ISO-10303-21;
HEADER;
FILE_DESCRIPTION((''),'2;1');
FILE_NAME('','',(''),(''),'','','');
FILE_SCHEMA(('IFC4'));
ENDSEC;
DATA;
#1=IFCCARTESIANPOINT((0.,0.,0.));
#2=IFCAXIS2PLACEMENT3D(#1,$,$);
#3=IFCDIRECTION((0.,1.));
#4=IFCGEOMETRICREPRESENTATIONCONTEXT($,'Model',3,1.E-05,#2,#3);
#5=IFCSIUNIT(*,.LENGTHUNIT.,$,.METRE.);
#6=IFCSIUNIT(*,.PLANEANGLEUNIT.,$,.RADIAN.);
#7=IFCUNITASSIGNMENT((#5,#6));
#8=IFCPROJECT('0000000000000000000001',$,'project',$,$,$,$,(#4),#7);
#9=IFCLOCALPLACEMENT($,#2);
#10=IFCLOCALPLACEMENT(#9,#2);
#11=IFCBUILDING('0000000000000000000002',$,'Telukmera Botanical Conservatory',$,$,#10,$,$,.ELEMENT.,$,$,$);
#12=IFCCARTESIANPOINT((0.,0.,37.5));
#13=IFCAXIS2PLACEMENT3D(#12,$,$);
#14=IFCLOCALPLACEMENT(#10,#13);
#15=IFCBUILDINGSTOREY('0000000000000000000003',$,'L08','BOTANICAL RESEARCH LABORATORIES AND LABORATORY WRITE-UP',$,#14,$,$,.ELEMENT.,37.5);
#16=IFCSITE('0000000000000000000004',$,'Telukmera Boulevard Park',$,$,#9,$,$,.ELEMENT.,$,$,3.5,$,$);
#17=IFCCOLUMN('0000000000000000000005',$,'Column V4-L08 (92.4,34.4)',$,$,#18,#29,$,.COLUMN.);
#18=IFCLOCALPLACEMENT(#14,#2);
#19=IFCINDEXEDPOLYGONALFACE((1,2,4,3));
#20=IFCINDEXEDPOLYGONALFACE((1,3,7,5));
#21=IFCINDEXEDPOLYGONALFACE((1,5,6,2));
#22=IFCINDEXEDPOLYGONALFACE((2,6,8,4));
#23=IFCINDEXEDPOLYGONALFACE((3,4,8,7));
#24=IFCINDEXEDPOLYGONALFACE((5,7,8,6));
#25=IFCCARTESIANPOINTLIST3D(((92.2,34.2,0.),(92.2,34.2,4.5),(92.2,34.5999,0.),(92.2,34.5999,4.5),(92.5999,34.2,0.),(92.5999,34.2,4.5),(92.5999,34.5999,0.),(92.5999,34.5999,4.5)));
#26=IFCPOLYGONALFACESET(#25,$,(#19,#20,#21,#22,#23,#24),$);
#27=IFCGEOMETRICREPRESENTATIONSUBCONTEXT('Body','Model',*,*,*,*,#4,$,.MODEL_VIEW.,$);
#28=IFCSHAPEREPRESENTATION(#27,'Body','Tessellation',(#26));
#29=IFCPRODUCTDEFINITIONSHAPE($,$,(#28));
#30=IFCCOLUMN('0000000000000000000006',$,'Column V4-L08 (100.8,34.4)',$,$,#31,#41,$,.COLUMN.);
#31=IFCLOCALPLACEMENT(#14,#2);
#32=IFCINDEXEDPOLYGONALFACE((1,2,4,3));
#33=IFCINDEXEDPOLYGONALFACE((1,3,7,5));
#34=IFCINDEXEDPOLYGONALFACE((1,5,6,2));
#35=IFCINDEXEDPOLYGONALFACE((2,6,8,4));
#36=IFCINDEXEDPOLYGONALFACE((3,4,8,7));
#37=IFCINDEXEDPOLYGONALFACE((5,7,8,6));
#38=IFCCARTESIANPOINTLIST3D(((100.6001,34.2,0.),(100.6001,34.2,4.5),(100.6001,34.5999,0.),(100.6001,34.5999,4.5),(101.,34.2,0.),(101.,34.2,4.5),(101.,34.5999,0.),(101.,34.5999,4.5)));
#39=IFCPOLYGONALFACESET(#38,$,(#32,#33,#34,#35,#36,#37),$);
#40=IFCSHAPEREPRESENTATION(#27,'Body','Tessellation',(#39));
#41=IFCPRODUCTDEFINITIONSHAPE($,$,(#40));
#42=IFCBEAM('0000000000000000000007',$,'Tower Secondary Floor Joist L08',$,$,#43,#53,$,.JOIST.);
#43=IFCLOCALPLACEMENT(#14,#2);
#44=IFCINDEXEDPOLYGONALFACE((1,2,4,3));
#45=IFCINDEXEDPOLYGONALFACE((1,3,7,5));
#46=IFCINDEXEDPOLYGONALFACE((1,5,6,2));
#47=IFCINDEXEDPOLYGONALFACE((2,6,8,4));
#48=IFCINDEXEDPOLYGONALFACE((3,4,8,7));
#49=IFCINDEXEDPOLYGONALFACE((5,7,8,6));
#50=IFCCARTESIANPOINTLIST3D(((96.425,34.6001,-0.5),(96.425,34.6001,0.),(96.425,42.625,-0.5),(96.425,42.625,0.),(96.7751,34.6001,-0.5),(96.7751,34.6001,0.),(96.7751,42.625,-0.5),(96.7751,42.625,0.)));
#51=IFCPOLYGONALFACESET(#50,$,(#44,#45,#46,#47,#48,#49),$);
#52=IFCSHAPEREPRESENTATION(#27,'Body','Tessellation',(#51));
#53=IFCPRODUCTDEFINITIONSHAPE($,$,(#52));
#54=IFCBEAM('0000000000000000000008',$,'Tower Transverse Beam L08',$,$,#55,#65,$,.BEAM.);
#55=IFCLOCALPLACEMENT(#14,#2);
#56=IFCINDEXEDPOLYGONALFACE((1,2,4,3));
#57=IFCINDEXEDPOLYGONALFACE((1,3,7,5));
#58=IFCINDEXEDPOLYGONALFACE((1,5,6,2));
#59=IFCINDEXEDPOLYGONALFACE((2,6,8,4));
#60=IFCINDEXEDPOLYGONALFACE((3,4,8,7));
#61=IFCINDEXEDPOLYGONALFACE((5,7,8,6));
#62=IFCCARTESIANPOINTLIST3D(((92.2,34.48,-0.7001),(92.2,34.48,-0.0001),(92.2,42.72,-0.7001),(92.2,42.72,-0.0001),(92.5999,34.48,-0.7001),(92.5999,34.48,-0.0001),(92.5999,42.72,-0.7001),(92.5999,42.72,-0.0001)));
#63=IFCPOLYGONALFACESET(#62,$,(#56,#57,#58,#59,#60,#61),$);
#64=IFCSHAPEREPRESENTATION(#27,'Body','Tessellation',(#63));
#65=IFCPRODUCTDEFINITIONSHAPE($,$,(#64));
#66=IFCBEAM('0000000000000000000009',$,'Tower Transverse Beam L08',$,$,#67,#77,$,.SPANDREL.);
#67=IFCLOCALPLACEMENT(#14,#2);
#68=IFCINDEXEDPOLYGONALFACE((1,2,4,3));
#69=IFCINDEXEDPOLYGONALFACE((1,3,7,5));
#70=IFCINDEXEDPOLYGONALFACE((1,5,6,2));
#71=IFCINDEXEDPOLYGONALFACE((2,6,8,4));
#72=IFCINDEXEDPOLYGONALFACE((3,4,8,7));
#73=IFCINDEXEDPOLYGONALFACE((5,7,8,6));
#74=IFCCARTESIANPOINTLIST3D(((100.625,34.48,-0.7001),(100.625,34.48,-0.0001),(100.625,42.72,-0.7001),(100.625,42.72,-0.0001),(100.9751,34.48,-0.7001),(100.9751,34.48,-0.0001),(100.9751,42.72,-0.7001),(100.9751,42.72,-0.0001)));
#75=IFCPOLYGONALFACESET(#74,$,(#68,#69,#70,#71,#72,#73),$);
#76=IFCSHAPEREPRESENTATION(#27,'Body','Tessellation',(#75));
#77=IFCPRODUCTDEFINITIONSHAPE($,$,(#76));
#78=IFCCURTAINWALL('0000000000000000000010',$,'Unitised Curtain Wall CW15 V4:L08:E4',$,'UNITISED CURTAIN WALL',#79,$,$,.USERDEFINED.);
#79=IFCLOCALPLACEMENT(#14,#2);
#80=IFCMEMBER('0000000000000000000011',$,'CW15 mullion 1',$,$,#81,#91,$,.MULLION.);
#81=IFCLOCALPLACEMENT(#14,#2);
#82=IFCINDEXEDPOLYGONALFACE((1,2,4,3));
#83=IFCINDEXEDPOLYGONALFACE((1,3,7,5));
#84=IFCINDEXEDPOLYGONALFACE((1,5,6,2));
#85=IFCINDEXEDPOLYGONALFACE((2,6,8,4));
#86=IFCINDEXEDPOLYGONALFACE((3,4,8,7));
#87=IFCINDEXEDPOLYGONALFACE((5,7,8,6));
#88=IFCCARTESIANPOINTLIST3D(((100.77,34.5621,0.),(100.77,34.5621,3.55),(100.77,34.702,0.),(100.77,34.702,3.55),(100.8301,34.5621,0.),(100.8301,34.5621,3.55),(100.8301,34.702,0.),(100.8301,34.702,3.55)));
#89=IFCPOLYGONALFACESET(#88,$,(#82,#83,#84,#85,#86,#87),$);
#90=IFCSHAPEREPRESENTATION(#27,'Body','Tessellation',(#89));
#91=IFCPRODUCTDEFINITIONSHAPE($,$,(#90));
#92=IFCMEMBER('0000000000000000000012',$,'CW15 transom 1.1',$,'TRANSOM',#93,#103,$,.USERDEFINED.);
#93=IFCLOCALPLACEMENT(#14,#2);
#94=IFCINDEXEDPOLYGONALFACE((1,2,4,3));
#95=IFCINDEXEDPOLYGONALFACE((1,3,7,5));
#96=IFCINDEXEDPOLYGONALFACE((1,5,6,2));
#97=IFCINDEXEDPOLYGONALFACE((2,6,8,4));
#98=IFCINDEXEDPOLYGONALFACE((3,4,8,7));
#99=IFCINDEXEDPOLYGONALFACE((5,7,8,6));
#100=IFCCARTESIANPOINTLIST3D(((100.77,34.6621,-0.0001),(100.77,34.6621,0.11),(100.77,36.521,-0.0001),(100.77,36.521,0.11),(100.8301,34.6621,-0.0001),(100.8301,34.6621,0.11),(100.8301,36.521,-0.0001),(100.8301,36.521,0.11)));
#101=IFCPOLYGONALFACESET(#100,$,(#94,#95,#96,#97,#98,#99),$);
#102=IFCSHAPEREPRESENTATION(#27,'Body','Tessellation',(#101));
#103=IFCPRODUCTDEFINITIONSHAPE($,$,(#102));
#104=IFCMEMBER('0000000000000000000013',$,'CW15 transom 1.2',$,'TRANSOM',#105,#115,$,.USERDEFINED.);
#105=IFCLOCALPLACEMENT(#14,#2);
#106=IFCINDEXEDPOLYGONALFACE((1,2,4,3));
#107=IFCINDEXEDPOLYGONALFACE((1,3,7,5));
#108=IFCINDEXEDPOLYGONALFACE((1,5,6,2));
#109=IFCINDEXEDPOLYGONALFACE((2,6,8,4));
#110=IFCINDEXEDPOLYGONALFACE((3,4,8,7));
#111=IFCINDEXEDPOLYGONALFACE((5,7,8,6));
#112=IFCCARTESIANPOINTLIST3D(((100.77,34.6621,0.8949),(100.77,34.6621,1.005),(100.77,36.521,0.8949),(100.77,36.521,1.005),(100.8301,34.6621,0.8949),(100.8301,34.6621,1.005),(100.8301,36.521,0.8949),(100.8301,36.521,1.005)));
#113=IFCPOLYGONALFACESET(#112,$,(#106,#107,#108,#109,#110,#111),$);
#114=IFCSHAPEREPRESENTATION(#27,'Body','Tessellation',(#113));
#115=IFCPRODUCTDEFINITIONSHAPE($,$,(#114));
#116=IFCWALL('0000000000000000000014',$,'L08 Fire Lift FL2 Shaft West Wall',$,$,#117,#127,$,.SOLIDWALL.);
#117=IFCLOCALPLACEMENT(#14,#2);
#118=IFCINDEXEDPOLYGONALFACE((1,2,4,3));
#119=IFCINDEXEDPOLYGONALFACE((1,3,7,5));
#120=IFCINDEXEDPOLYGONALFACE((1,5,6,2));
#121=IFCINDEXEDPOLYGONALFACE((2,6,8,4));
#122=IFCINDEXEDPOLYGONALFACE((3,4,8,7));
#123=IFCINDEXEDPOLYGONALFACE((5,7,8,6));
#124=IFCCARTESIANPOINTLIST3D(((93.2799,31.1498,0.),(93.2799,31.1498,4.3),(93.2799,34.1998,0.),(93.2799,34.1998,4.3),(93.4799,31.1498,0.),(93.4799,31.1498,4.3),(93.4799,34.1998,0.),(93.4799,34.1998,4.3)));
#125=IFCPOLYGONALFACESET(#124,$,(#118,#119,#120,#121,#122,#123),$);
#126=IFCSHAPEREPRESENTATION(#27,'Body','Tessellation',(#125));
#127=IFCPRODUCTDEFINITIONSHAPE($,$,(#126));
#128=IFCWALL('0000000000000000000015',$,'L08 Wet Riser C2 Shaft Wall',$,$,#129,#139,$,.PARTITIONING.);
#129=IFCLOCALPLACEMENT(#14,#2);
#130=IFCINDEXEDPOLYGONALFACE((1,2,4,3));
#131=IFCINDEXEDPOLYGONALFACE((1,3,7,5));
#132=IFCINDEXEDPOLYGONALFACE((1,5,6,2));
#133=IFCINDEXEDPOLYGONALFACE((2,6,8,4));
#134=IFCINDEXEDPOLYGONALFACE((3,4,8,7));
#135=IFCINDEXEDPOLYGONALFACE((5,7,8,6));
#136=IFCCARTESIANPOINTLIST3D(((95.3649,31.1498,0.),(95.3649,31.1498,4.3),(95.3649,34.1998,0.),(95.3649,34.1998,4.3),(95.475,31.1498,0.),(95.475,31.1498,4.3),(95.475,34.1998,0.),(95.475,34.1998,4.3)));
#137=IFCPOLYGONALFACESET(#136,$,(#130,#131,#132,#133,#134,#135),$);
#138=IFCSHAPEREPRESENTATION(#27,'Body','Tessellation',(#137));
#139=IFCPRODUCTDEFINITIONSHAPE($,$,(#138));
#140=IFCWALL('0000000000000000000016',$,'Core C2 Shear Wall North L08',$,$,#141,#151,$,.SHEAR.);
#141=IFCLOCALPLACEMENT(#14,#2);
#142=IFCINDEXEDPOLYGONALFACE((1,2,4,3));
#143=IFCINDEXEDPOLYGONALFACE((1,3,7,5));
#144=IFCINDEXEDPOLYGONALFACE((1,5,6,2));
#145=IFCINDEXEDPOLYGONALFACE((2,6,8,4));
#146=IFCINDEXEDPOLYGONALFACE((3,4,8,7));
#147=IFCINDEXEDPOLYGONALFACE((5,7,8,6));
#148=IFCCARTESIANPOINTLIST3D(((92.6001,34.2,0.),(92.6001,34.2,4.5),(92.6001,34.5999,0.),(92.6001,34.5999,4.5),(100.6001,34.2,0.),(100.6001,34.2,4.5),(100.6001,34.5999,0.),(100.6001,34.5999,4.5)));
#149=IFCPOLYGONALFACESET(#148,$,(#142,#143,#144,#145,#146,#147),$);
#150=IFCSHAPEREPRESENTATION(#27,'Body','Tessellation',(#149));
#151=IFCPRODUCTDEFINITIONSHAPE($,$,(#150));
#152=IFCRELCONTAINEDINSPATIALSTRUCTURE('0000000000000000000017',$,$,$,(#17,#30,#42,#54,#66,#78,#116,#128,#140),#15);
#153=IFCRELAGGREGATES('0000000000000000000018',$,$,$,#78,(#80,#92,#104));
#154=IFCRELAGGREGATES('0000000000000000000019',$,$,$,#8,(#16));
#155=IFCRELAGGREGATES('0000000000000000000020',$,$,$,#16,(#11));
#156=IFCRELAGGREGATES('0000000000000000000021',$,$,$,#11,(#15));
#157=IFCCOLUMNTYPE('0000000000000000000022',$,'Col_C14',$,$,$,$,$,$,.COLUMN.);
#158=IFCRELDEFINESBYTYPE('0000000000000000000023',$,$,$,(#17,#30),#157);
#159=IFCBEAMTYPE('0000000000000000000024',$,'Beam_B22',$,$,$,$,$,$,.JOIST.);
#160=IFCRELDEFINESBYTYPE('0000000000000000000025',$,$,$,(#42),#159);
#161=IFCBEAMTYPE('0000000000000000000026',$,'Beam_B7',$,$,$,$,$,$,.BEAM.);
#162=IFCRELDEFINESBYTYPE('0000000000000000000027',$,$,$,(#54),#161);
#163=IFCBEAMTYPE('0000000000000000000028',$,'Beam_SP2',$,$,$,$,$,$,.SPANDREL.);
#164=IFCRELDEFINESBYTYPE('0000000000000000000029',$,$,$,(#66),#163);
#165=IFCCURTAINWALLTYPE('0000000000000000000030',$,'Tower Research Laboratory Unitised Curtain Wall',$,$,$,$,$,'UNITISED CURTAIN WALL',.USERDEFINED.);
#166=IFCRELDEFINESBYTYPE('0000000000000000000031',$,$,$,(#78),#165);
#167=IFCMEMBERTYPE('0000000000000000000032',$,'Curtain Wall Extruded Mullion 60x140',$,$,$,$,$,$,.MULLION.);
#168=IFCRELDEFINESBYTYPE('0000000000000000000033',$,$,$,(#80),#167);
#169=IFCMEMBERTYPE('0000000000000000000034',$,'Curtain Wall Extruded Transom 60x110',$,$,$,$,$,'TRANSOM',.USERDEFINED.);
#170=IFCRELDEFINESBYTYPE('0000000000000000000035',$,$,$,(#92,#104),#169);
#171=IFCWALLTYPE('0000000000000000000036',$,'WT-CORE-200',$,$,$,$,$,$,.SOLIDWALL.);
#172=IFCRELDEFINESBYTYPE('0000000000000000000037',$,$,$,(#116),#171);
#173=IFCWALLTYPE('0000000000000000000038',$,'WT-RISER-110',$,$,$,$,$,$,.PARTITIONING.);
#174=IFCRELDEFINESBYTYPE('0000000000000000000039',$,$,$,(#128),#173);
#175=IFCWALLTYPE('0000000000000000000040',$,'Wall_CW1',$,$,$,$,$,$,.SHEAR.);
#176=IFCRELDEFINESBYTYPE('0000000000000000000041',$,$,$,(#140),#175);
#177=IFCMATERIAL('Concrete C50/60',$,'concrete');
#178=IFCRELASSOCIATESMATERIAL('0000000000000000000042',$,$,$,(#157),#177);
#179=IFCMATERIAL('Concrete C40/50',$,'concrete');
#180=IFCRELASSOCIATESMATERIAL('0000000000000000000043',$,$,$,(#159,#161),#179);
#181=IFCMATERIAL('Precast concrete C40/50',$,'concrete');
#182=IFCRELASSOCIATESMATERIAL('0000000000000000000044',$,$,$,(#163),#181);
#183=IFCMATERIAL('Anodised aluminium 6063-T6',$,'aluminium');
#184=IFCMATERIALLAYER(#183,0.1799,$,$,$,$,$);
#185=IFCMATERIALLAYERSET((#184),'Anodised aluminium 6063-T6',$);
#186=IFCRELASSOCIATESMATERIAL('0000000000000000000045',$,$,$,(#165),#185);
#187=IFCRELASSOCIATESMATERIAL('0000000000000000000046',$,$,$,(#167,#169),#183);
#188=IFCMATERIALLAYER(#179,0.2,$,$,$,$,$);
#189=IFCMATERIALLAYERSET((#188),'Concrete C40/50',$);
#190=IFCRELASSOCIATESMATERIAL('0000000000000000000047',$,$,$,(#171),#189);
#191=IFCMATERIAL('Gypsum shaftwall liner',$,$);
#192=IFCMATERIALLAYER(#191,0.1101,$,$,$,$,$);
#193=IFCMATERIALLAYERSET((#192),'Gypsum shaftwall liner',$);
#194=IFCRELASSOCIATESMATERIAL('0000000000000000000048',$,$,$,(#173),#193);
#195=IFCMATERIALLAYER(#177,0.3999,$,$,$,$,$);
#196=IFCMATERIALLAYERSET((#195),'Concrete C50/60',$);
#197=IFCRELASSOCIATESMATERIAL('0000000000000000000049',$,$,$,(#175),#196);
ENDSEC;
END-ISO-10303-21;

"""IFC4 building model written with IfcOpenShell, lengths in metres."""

from ifc_helpers import new_model, si_unit, direction, frame, frame_2d, origin, origin_2d, place, context, subcontext, project, spatial, rectangle, extrude, material, layer, layer_set, material_profile, profile_set, type_object, element, aggregate, save


model = new_model("IFC4")

# Units and contexts
model_context = context("Model", 3, precision=1e-05, world=origin(), true_north=direction((0.0, 1.0)))
body_context = subcontext(model_context, "Body", "Model", "MODEL_VIEW")
ifc_project = project(units=[si_unit("LENGTHUNIT", "METRE"), si_unit("PLANEANGLEUNIT", "RADIAN")], contexts=[model_context])

# Site, building, storey
site_placement = place(None, origin())
site = spatial("IfcSite", under=ifc_project, at=site_placement, Name="Telukmera Boulevard Park", CompositionType="ELEMENT", RefElevation=3.5)
building_placement = place(site_placement, origin())
building = spatial("IfcBuilding", under=site, at=building_placement, Name="Telukmera Botanical Conservatory", CompositionType="ELEMENT")
storey_placement = place(building_placement, frame((0.0, 0.0, 37.5)))
storey = spatial("IfcBuildingStorey", under=building, at=storey_placement, Name="L08", Description="BOTANICAL RESEARCH LABORATORIES AND LABORATORY WRITE-UP", CompositionType="ELEMENT", Elevation=37.5)

# Columns
ifc_material_1 = material(Name="Concrete C50/60", Category="concrete")
ifc_material_profile_1 = material_profile(ifc_material_1, rectangle(XDim=0.3999, YDim=0.3999, at=origin_2d()), Name="RC 400x400")
ifc_profile_set_1 = profile_set([ifc_material_profile_1], Name="Concrete C50/60")
column_type = type_object("IfcColumnType", Name="Col_C14", PredefinedType="COLUMN", material=ifc_profile_set_1)
for number, where, z_axis, x_axis, name in (
    (1, (92.3999, 34.3999, 0.0), (0.0, 0.0, 1.0), (1.0, 0.0, 0.0), "Column V4-L08 (92.4,34.4)"),
    (2, (100.8, 34.3999, 0.0), (0.0, 0.0, 1.0), (1.0, 0.0, 0.0), "Column V4-L08 (100.8,34.4)"),
):
    element("IfcColumn", number, at=place(storey_placement, frame(where, z_axis=z_axis, x_axis=x_axis)), inside=storey, type_object=column_type, Name=name, PredefinedType="COLUMN", context=body_context, shape_type="SweptSolid", body=[
        extrude(rectangle(XDim=0.3999, YDim=0.3999, at=origin_2d()), origin(), (0.0, 0.0, 1.0), 4.5),
    ])

# Beams
ifc_material_2 = material(Name="Concrete C40/50", Category="concrete")
ifc_material_profile_2 = material_profile(ifc_material_2, rectangle(XDim=0.3501, YDim=0.5, at=origin_2d()), Name="RC 350x500")
ifc_profile_set_2 = profile_set([ifc_material_profile_2], Name="Concrete C40/50")
beam_type_1 = type_object("IfcBeamType", Name="Beam_B22", PredefinedType="JOIST", material=ifc_profile_set_2)
beam_1_placement = place(storey_placement, frame((96.6001, 34.6001, -0.25), z_axis=(0.0, 1.0, 0.0), x_axis=(-1.0, 0.0, 0.0)))
element("IfcBeam", 3, at=beam_1_placement, inside=storey, type_object=beam_type_1, Name="Tower Secondary Floor Joist L08", PredefinedType="JOIST", context=body_context, shape_type="SweptSolid", body=[
    extrude(rectangle(XDim=0.3501, YDim=0.5, at=origin_2d()), origin(), (0.0, 0.0, 1.0), 8.0249),
])
ifc_material_profile_3 = material_profile(ifc_material_2, rectangle(XDim=0.3999, YDim=0.7, at=origin_2d()), Name="RC 400x700")
ifc_profile_set_3 = profile_set([ifc_material_profile_3], Name="Concrete C40/50")
beam_type_2 = type_object("IfcBeamType", Name="Beam_B7", PredefinedType="BEAM", material=ifc_profile_set_3)
beam_2_placement = place(storey_placement, frame((92.3999, 34.48, -0.3501), z_axis=(0.0, 1.0, 0.0), x_axis=(-1.0, 0.0, 0.0)))
element("IfcBeam", 4, at=beam_2_placement, inside=storey, type_object=beam_type_2, Name="Tower Transverse Beam L08", PredefinedType="BEAM", context=body_context, shape_type="SweptSolid", body=[
    extrude(rectangle(XDim=0.3999, YDim=0.7, at=origin_2d()), origin(), (0.0, 0.0, 1.0), 8.24),
])
ifc_material_3 = material(Name="Precast concrete C40/50", Category="concrete")
ifc_material_profile_4 = material_profile(ifc_material_3, rectangle(XDim=0.3501, YDim=0.7, at=origin_2d()), Name="PC 350x700")
ifc_profile_set_4 = profile_set([ifc_material_profile_4], Name="Precast concrete C40/50")
beam_type_3 = type_object("IfcBeamType", Name="Beam_SP2", PredefinedType="SPANDREL", material=ifc_profile_set_4)
beam_3_placement = place(storey_placement, frame((100.8, 34.48, -0.3501), z_axis=(0.0, 1.0, 0.0), x_axis=(-1.0, 0.0, 0.0)))
element("IfcBeam", 5, at=beam_3_placement, inside=storey, type_object=beam_type_3, Name="Tower Transverse Beam L08", PredefinedType="SPANDREL", context=body_context, shape_type="SweptSolid", body=[
    extrude(rectangle(XDim=0.3501, YDim=0.7, at=origin_2d()), origin(), (0.0, 0.0, 1.0), 8.24),
])

# Curtain wall, members
ifc_material_4 = material(Name="Anodised aluminium 6063-T6", Category="aluminium")
ifc_layer_1 = layer(ifc_material_4, 0.1799)
ifc_layer_set_1 = layer_set([ifc_layer_1], Name="Anodised aluminium 6063-T6")
curtain_wall_type = type_object("IfcCurtainWallType", Name="Tower Research Laboratory Unitised Curtain Wall", ElementType="UNITISED CURTAIN WALL", PredefinedType="USERDEFINED", material=ifc_layer_set_1)
curtain_wall_placement = place(storey_placement, origin())
curtain_wall = element("IfcCurtainWall", 6, at=curtain_wall_placement, inside=storey, type_object=curtain_wall_type, Name="Unitised Curtain Wall CW15 V4:L08:E4", ObjectType="UNITISED CURTAIN WALL", PredefinedType="USERDEFINED")
ifc_material_profile_5 = material_profile(ifc_material_4, rectangle(XDim=0.0601, YDim=0.1399, at=origin_2d()), Name="ALU MULL 60x140")
ifc_profile_set_5 = profile_set([ifc_material_profile_5], Name="Anodised aluminium 6063-T6")
member_type_1 = type_object("IfcMemberType", Name="Curtain Wall Extruded Mullion 60x140", PredefinedType="MULLION", material=ifc_profile_set_5)
member_1_placement = place(storey_placement, frame((100.8, 34.6321, 0.0), z_axis=(0.0, 0.0, 1.0), x_axis=(-1.0, 0.0, 0.0)))
member_1 = element("IfcMember", 7, at=member_1_placement, type_object=member_type_1, Name="CW15 mullion 1", PredefinedType="MULLION", context=body_context, shape_type="SweptSolid", body=[
    extrude(rectangle(XDim=0.0601, YDim=0.1399, at=origin_2d()), origin(), (0.0, 0.0, 1.0), 3.55),
])
ifc_material_profile_6 = material_profile(ifc_material_4, rectangle(XDim=0.0601, YDim=0.1101, at=origin_2d()), Name="ALU TRAN 60x110")
ifc_profile_set_6 = profile_set([ifc_material_profile_6], Name="Anodised aluminium 6063-T6")
member_type_2 = type_object("IfcMemberType", Name="Curtain Wall Extruded Transom 60x110", ElementType="TRANSOM", PredefinedType="USERDEFINED", material=ifc_profile_set_6)
member_2_placement = place(storey_placement, frame((100.8, 34.6621, 0.0549), z_axis=(0.0, 1.0, 0.0), x_axis=(-1.0, 0.0, 0.0)))
member_2 = element("IfcMember", 8, at=member_2_placement, type_object=member_type_2, Name="CW15 transom 1.1", ObjectType="TRANSOM", PredefinedType="USERDEFINED", context=body_context, shape_type="SweptSolid", body=[
    extrude(rectangle(XDim=0.0601, YDim=0.1101, at=origin_2d()), origin(), (0.0, 0.0, 1.0), 1.8589),
])
member_3_placement = place(storey_placement, frame((100.8, 34.6621, 0.95), z_axis=(0.0, 1.0, 0.0), x_axis=(-1.0, 0.0, 0.0)))
member_3 = element("IfcMember", 9, at=member_3_placement, type_object=member_type_2, Name="CW15 transom 1.2", ObjectType="TRANSOM", PredefinedType="USERDEFINED", context=body_context, shape_type="SweptSolid", body=[
    extrude(rectangle(XDim=0.0601, YDim=0.1101, at=origin_2d()), origin(), (0.0, 0.0, 1.0), 1.8589),
])
aggregate(curtain_wall, [member_1, member_2, member_3])

# Walls
ifc_layer_2 = layer(ifc_material_2, 0.2)
ifc_layer_set_2 = layer_set([ifc_layer_2], Name="Concrete C40/50")
wall_type_1 = type_object("IfcWallType", Name="WT-CORE-200", PredefinedType="SOLIDWALL", material=ifc_layer_set_2)
wall_1_placement = place(storey_placement, frame((93.3799, 31.1499, 0.0), z_axis=(0.0, 0.0, 1.0), x_axis=(0.0, 1.0, 0.0)))
element("IfcWall", 10, at=wall_1_placement, inside=storey, type_object=wall_type_1, Name="L08 Fire Lift FL2 Shaft West Wall", PredefinedType="SOLIDWALL", context=body_context, shape_type="SweptSolid", body=[
    extrude(rectangle(XDim=3.05, YDim=0.2, at=frame_2d((1.5249, 0.0))), origin(), (0.0, 0.0, 1.0), 4.3),
])
ifc_material_5 = material(Name="Gypsum shaftwall liner")
ifc_layer_3 = layer(ifc_material_5, 0.1101)
ifc_layer_set_3 = layer_set([ifc_layer_3], Name="Gypsum shaftwall liner")
wall_type_2 = type_object("IfcWallType", Name="WT-RISER-110", PredefinedType="PARTITIONING", material=ifc_layer_set_3)
wall_2_placement = place(storey_placement, frame((95.4199, 31.1499, 0.0), z_axis=(0.0, 0.0, 1.0), x_axis=(0.0, 1.0, 0.0)))
element("IfcWall", 11, at=wall_2_placement, inside=storey, type_object=wall_type_2, Name="L08 Wet Riser C2 Shaft Wall", PredefinedType="PARTITIONING", context=body_context, shape_type="SweptSolid", body=[
    extrude(rectangle(XDim=3.05, YDim=0.1101, at=frame_2d((1.5249, 0.0))), origin(), (0.0, 0.0, 1.0), 4.3),
])
ifc_layer_4 = layer(ifc_material_1, 0.3999)
ifc_layer_set_4 = layer_set([ifc_layer_4], Name="Concrete C50/60")
wall_type_3 = type_object("IfcWallType", Name="Wall_CW1", PredefinedType="SHEAR", material=ifc_layer_set_4)
wall_3_placement = place(storey_placement, frame((92.6001, 34.3999, 0.0), z_axis=(0.0, 0.0, 1.0), x_axis=(1.0, 0.0, 0.0)))
element("IfcWall", 12, at=wall_3_placement, inside=storey, type_object=wall_type_3, Name="Core C2 Shear Wall North L08", PredefinedType="SHEAR", context=body_context, shape_type="SweptSolid", body=[
    extrude(rectangle(XDim=8.0, YDim=0.3999, at=frame_2d((4.0, 0.0))), origin(), (0.0, 0.0, 1.0), 4.5),
])

save(model, "model.ifc")
